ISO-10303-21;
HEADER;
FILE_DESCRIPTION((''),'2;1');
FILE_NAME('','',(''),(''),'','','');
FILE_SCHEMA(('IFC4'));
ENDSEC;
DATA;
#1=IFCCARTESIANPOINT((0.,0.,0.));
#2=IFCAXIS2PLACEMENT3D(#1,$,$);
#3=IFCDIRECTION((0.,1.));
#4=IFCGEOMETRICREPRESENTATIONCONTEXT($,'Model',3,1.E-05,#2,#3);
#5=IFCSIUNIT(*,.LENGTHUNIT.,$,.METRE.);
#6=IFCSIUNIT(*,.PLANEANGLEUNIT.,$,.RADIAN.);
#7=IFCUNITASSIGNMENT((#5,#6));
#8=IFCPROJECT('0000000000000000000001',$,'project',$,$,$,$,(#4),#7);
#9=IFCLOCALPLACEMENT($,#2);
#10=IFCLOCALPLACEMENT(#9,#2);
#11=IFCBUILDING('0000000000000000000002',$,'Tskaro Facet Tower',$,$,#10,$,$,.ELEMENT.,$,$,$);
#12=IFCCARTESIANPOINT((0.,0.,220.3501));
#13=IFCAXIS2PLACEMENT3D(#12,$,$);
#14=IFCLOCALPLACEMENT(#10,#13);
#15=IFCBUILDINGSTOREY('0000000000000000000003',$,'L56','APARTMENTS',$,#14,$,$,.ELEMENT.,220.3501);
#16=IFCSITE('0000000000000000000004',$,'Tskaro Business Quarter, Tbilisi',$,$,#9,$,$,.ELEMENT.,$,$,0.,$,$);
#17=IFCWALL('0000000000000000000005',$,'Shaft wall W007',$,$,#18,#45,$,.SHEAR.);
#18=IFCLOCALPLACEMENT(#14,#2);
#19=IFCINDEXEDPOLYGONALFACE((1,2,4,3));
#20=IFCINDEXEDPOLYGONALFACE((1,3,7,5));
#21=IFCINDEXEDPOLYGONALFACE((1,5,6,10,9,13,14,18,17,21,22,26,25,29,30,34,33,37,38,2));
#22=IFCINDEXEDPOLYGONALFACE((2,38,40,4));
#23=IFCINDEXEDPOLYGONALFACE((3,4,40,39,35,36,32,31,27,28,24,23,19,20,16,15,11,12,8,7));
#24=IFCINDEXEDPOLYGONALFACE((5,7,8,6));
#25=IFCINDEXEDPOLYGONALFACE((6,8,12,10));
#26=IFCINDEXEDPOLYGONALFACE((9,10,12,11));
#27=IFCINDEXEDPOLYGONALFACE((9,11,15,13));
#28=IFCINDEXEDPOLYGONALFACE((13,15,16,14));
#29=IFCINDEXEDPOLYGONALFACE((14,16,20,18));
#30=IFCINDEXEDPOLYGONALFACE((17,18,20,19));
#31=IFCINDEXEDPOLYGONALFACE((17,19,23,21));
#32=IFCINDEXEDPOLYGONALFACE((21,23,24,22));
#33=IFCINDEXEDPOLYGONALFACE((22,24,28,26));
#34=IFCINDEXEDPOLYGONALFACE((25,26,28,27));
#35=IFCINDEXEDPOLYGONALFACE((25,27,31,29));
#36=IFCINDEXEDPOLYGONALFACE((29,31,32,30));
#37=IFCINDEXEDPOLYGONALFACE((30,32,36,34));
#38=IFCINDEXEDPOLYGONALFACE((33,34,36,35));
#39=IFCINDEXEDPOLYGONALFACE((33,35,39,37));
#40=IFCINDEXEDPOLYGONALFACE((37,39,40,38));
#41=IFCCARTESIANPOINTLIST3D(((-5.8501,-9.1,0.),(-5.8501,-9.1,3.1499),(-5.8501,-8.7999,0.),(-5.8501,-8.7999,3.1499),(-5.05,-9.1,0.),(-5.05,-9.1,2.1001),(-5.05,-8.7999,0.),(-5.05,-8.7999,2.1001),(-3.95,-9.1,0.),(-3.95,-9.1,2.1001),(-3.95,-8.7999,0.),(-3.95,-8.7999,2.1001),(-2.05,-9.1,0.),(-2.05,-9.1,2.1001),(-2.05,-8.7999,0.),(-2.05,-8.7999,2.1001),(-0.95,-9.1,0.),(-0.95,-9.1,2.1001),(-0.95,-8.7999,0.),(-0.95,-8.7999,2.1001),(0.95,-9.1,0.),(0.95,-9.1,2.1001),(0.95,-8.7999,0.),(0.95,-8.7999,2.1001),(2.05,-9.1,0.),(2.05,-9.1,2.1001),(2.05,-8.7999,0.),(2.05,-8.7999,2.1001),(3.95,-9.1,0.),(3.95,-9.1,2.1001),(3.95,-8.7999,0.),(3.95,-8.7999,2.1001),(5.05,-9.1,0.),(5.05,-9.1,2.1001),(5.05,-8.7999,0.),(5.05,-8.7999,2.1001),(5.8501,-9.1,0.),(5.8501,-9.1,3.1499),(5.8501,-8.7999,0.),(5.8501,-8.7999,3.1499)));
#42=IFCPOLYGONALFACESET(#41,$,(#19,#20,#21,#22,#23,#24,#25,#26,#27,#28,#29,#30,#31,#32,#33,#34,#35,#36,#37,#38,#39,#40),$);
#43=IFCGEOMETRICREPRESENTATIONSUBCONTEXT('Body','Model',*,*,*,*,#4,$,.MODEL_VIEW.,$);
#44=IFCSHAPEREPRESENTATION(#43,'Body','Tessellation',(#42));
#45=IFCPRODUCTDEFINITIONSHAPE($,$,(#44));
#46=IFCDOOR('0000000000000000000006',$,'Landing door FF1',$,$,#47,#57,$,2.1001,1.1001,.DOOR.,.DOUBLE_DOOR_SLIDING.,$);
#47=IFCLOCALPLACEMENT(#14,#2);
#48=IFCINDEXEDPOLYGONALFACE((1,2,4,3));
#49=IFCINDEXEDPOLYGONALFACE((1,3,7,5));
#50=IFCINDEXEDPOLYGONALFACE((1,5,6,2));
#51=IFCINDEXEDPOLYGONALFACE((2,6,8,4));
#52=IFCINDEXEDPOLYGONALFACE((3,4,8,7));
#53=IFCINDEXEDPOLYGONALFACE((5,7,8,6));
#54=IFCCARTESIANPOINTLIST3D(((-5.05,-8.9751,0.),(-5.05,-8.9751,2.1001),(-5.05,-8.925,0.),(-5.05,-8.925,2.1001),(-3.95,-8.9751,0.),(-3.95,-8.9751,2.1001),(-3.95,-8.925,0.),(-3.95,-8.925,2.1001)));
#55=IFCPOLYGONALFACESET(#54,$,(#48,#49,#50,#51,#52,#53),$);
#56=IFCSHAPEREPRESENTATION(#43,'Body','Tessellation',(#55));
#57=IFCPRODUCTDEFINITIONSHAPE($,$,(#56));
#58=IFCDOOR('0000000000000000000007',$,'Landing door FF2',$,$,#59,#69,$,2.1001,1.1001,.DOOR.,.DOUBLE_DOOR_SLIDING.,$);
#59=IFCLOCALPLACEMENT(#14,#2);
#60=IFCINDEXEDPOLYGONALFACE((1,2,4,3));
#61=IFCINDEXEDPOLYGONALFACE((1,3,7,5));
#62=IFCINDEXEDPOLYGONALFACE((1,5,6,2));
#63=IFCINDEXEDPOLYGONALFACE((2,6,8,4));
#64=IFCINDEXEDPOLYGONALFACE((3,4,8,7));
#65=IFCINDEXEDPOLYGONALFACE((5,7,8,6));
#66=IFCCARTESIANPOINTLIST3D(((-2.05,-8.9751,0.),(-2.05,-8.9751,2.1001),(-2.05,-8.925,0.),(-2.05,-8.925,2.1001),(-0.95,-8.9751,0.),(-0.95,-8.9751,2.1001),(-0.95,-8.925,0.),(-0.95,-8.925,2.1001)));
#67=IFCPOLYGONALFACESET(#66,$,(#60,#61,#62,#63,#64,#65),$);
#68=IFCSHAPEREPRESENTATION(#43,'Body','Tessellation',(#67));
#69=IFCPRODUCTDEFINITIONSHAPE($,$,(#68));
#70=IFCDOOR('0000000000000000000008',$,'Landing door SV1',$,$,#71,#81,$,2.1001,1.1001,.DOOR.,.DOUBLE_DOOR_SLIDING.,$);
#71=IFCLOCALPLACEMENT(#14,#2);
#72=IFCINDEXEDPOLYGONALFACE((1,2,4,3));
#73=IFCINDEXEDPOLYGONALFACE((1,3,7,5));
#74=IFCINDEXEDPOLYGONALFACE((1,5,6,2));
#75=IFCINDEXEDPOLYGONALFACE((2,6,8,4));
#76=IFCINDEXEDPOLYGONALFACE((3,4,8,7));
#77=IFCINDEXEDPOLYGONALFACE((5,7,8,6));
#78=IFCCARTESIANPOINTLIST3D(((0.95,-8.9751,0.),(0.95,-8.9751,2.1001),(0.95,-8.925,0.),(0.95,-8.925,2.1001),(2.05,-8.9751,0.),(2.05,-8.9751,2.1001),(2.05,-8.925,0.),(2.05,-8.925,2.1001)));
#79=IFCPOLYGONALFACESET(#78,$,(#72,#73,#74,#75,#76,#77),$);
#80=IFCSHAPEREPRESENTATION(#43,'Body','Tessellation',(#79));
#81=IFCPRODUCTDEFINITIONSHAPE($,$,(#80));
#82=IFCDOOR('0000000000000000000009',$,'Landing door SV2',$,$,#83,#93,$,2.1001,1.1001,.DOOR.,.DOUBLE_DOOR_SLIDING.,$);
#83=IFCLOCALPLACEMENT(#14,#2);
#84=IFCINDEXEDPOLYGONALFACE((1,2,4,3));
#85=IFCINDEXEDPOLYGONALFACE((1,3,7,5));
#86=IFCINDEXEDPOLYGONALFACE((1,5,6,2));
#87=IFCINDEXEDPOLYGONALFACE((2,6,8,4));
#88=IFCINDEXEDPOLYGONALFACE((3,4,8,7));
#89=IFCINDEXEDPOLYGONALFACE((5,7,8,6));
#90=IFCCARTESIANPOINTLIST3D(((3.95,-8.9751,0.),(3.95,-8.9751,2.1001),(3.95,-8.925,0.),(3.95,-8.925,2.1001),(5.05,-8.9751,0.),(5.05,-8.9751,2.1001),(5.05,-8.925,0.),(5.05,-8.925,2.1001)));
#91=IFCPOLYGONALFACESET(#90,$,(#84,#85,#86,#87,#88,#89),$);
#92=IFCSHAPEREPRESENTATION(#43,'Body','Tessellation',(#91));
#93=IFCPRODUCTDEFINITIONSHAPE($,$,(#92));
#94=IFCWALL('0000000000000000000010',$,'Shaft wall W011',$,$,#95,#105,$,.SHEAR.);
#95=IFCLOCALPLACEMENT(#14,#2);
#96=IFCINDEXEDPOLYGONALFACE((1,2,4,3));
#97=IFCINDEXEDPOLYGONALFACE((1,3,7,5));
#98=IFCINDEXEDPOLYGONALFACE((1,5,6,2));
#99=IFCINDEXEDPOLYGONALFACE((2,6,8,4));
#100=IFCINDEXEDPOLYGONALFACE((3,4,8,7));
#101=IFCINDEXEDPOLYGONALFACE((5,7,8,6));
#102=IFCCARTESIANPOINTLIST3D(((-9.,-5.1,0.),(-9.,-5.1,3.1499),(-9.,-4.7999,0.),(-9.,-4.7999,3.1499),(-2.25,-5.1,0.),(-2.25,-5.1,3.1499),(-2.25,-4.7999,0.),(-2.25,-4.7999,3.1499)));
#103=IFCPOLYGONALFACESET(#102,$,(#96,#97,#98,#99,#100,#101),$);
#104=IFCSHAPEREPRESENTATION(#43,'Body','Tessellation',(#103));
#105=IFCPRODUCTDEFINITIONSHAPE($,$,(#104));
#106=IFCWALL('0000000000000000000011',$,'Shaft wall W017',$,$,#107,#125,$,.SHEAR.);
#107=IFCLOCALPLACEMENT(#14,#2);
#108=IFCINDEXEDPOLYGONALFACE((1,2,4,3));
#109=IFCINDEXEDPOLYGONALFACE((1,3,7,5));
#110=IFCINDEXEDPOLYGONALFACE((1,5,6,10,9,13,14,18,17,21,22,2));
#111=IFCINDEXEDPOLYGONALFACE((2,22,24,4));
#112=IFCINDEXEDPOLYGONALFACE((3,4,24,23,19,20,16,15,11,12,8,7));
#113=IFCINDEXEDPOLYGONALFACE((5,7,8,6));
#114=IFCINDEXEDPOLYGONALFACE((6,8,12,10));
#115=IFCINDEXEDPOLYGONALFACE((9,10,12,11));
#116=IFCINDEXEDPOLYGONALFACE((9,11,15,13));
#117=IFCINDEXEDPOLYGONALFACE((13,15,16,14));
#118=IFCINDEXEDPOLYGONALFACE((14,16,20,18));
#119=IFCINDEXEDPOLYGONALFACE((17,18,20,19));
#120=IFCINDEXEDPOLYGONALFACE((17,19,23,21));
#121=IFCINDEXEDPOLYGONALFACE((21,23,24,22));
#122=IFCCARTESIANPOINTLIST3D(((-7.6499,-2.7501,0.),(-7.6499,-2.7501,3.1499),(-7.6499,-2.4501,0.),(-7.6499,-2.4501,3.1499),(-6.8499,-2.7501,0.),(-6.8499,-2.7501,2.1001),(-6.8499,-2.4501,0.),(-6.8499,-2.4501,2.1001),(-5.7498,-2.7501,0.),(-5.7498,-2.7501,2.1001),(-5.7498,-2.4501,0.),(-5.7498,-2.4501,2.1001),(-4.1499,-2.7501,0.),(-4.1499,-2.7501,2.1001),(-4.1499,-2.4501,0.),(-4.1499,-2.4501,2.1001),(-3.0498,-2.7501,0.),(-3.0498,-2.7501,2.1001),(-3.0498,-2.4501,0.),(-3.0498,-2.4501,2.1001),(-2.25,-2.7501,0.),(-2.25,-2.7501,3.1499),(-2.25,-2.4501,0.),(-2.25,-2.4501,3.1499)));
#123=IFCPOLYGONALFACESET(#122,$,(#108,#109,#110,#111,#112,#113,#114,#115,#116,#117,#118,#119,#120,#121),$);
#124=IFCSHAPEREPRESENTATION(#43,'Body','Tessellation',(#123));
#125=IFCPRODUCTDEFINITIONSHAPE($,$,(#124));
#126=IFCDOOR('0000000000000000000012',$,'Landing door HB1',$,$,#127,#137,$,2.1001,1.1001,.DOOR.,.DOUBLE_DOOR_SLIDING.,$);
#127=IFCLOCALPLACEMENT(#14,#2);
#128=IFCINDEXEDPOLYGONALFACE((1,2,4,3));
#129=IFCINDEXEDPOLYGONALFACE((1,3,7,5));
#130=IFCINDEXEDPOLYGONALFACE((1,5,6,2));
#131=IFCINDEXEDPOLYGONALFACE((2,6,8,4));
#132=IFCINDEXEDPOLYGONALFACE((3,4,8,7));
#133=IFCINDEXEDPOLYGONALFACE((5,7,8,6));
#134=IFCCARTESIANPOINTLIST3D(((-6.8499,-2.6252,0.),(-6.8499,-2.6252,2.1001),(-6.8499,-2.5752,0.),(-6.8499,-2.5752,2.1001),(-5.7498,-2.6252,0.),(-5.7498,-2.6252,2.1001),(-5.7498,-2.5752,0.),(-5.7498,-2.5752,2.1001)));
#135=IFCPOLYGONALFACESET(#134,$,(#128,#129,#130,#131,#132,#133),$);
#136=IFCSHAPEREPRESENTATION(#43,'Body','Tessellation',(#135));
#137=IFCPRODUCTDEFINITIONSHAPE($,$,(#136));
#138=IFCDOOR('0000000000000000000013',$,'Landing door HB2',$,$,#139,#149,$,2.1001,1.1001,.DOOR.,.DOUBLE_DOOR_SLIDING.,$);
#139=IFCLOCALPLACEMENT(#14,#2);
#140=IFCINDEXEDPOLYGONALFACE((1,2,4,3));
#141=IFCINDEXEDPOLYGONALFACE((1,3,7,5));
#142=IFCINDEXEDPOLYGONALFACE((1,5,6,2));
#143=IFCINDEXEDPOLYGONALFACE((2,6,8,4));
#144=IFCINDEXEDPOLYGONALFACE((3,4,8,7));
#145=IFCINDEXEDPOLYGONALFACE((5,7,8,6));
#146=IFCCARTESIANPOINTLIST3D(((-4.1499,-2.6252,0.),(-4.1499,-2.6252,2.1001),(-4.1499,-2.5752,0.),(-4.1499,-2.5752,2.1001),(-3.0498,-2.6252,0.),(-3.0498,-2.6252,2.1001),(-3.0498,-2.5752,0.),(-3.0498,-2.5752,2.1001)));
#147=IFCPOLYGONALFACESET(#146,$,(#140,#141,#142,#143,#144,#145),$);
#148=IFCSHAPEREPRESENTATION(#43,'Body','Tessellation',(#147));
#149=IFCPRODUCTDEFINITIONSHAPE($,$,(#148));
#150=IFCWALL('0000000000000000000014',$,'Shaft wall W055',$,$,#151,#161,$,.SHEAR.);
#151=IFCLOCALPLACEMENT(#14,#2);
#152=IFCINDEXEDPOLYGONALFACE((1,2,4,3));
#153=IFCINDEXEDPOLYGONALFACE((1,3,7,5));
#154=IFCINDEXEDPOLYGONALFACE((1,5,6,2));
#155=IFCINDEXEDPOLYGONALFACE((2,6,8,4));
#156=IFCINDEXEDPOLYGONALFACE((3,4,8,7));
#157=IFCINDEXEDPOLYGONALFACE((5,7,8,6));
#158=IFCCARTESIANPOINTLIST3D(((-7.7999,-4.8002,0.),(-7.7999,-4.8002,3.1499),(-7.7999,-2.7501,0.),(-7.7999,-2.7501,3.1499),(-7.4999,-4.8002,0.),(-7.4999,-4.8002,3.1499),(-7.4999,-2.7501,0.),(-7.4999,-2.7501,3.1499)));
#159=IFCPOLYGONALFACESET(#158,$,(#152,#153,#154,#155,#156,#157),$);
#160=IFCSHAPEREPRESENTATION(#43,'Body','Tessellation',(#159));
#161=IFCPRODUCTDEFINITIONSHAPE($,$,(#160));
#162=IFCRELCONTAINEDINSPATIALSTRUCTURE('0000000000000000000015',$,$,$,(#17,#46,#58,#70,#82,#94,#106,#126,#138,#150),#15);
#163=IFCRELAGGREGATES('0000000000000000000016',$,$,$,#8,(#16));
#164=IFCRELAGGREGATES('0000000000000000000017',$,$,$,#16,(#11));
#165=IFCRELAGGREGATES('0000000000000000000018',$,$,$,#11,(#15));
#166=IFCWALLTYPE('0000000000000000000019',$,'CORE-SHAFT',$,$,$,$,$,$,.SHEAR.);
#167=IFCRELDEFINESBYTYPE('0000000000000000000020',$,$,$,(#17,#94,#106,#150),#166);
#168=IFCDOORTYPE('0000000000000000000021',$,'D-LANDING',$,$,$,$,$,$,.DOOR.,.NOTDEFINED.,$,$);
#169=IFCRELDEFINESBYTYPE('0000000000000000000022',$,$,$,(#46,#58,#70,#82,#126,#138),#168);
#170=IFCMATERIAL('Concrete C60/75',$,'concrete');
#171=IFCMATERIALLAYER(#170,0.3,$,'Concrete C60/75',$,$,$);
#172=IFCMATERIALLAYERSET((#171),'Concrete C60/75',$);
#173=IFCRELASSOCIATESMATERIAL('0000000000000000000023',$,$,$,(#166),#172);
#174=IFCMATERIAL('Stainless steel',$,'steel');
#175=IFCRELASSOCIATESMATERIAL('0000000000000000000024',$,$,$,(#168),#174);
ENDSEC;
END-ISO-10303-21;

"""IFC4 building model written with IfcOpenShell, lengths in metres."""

from ifc_helpers import new_model, si_unit, direction, frame, frame_2d, origin, place, context, subcontext, project, spatial, rectangle, extrude, material, layer, layer_set, type_object, element, fill, save


model = new_model("IFC4")

# Units and contexts
model_context = context("Model", 3, precision=1e-05, world=origin(), true_north=direction((0.0, 1.0)))
body_context = subcontext(model_context, "Body", "Model", "MODEL_VIEW")
ifc_project = project(units=[si_unit("LENGTHUNIT", "METRE"), si_unit("PLANEANGLEUNIT", "RADIAN")], contexts=[model_context])

# Site, building, storey
site_placement = place(None, origin())
site = spatial("IfcSite", under=ifc_project, at=site_placement, Name="Tskaro Business Quarter, Tbilisi", CompositionType="ELEMENT", RefElevation=0.0)
building_placement = place(site_placement, origin())
building = spatial("IfcBuilding", under=site, at=building_placement, Name="Tskaro Facet Tower", CompositionType="ELEMENT")
storey_placement = place(building_placement, frame((0.0, 0.0, 220.3501)))
storey = spatial("IfcBuildingStorey", under=building, at=storey_placement, Name="L56", Description="APARTMENTS", CompositionType="ELEMENT", Elevation=220.3501)

# Wall, openings, doors
ifc_material_1 = material(Name="Concrete C60/75", Category="concrete")
ifc_layer_1 = layer(ifc_material_1, 0.3, Name="Concrete C60/75")
ifc_layer_set_1 = layer_set([ifc_layer_1], Name="Concrete C60/75")
wall_type_1 = type_object("IfcWallType", Name="CORE-SHAFT", PredefinedType="SHEAR", material=ifc_layer_set_1)
wall_1_placement = place(storey_placement, frame((-5.8501, -8.95, 0.0), z_axis=(0.0, 0.0, 1.0), x_axis=(1.0, 0.0, 0.0)))
wall_1 = element("IfcWall", 1, at=wall_1_placement, inside=storey, type_object=wall_type_1, Name="Shaft wall W007", PredefinedType="SHEAR", context=body_context, shape_type="SweptSolid", body=[
    extrude(rectangle(XDim=11.7002, YDim=0.3, at=frame_2d((5.8501, 0.0))), origin(), (0.0, 0.0, 1.0), 3.1499),
])
opening_1_placement = place(wall_1_placement, frame((0.8, 0.0, 0.0)))
opening_1 = element("IfcOpeningElement", 2, at=opening_1_placement, cuts=wall_1, PredefinedType="OPENING", context=body_context, shape_type="SweptSolid", body=[
    extrude(rectangle(XDim=1.1001, YDim=2.1001, at=frame_2d((0.55, 1.05))), frame((0.0, 0.1599, 0.0), z_axis=(0.0, -1.0, 0.0), x_axis=(1.0, 0.0, 0.0)), (0.0, 0.0, 1.0), 0.3201),
])
opening_2_placement = place(wall_1_placement, frame((3.8, 0.0, 0.0)))
opening_2 = element("IfcOpeningElement", 3, at=opening_2_placement, cuts=wall_1, PredefinedType="OPENING", context=body_context, shape_type="SweptSolid", body=[
    extrude(rectangle(XDim=1.1001, YDim=2.1001, at=frame_2d((0.55, 1.05))), frame((0.0, 0.1599, 0.0), z_axis=(0.0, -1.0, 0.0), x_axis=(1.0, 0.0, 0.0)), (0.0, 0.0, 1.0), 0.3201),
])
opening_3_placement = place(wall_1_placement, frame((6.8, 0.0, 0.0)))
opening_3 = element("IfcOpeningElement", 4, at=opening_3_placement, cuts=wall_1, PredefinedType="OPENING", context=body_context, shape_type="SweptSolid", body=[
    extrude(rectangle(XDim=1.1001, YDim=2.1001, at=frame_2d((0.55, 1.05))), frame((0.0, 0.1599, 0.0), z_axis=(0.0, -1.0, 0.0), x_axis=(1.0, 0.0, 0.0)), (0.0, 0.0, 1.0), 0.3201),
])
opening_4_placement = place(wall_1_placement, frame((9.8, 0.0, 0.0)))
opening_4 = element("IfcOpeningElement", 5, at=opening_4_placement, cuts=wall_1, PredefinedType="OPENING", context=body_context, shape_type="SweptSolid", body=[
    extrude(rectangle(XDim=1.1001, YDim=2.1001, at=frame_2d((0.55, 1.05))), frame((0.0, 0.1599, 0.0), z_axis=(0.0, -1.0, 0.0), x_axis=(1.0, 0.0, 0.0)), (0.0, 0.0, 1.0), 0.3201),
])
ifc_material_2 = material(Name="Stainless steel", Category="steel")
door_type_1 = type_object("IfcDoorType", Name="D-LANDING", OperationType="NOTDEFINED", PredefinedType="DOOR", material=ifc_material_2)
door_1_placement = place(opening_1_placement, origin())
door_1 = element("IfcDoor", 6, at=door_1_placement, inside=storey, type_object=door_type_1, Name="Landing door FF1", OperationType="DOUBLE_DOOR_SLIDING", OverallHeight=2.1001, OverallWidth=1.1001, PredefinedType="DOOR", context=body_context, shape_type="SweptSolid", body=[
    extrude(rectangle(XDim=1.1001, YDim=2.1001, at=frame_2d((0.55, 1.05))), frame((0.0, 0.0249, 0.0), z_axis=(0.0, -1.0, 0.0), x_axis=(1.0, 0.0, 0.0)), (0.0, 0.0, 1.0), 0.05),
])
fill(opening_1, door_1)
door_2_placement = place(opening_2_placement, origin())
door_2 = element("IfcDoor", 7, at=door_2_placement, inside=storey, type_object=door_type_1, Name="Landing door FF2", OperationType="DOUBLE_DOOR_SLIDING", OverallHeight=2.1001, OverallWidth=1.1001, PredefinedType="DOOR", context=body_context, shape_type="SweptSolid", body=[
    extrude(rectangle(XDim=1.1001, YDim=2.1001, at=frame_2d((0.55, 1.05))), frame((0.0, 0.0249, 0.0), z_axis=(0.0, -1.0, 0.0), x_axis=(1.0, 0.0, 0.0)), (0.0, 0.0, 1.0), 0.05),
])
fill(opening_2, door_2)
door_3_placement = place(opening_3_placement, origin())
door_3 = element("IfcDoor", 8, at=door_3_placement, inside=storey, type_object=door_type_1, Name="Landing door SV1", OperationType="DOUBLE_DOOR_SLIDING", OverallHeight=2.1001, OverallWidth=1.1001, PredefinedType="DOOR", context=body_context, shape_type="SweptSolid", body=[
    extrude(rectangle(XDim=1.1001, YDim=2.1001, at=frame_2d((0.55, 1.05))), frame((0.0, 0.0249, 0.0), z_axis=(0.0, -1.0, 0.0), x_axis=(1.0, 0.0, 0.0)), (0.0, 0.0, 1.0), 0.05),
])
fill(opening_3, door_3)
door_4_placement = place(opening_4_placement, origin())
door_4 = element("IfcDoor", 9, at=door_4_placement, inside=storey, type_object=door_type_1, Name="Landing door SV2", OperationType="DOUBLE_DOOR_SLIDING", OverallHeight=2.1001, OverallWidth=1.1001, PredefinedType="DOOR", context=body_context, shape_type="SweptSolid", body=[
    extrude(rectangle(XDim=1.1001, YDim=2.1001, at=frame_2d((0.55, 1.05))), frame((0.0, 0.0249, 0.0), z_axis=(0.0, -1.0, 0.0), x_axis=(1.0, 0.0, 0.0)), (0.0, 0.0, 1.0), 0.05),
])
fill(opening_4, door_4)

# Wall
wall_2_placement = place(storey_placement, frame((-9.0, -4.95, 0.0), z_axis=(0.0, 0.0, 1.0), x_axis=(1.0, 0.0, 0.0)))
element("IfcWall", 10, at=wall_2_placement, inside=storey, type_object=wall_type_1, Name="Shaft wall W011", PredefinedType="SHEAR", context=body_context, shape_type="SweptSolid", body=[
    extrude(rectangle(XDim=6.75, YDim=0.3, at=frame_2d((3.375, 0.0))), origin(), (0.0, 0.0, 1.0), 3.1499),
])

# Wall, openings, doors
wall_3_placement = place(storey_placement, frame((-7.6499, -2.6001, 0.0), z_axis=(0.0, 0.0, 1.0), x_axis=(1.0, 0.0, 0.0)))
wall_3 = element("IfcWall", 11, at=wall_3_placement, inside=storey, type_object=wall_type_1, Name="Shaft wall W017", PredefinedType="SHEAR", context=body_context, shape_type="SweptSolid", body=[
    extrude(rectangle(XDim=5.3999, YDim=0.3, at=frame_2d((2.7, 0.0))), origin(), (0.0, 0.0, 1.0), 3.1499),
])
opening_5_placement = place(wall_3_placement, frame((0.8, 0.0, 0.0)))
opening_5 = element("IfcOpeningElement", 12, at=opening_5_placement, cuts=wall_3, PredefinedType="OPENING", context=body_context, shape_type="SweptSolid", body=[
    extrude(rectangle(XDim=1.1001, YDim=2.1001, at=frame_2d((0.55, 1.05))), frame((0.0, 0.1599, 0.0), z_axis=(0.0, -1.0, 0.0), x_axis=(1.0, 0.0, 0.0)), (0.0, 0.0, 1.0), 0.3201),
])
opening_6_placement = place(wall_3_placement, frame((3.5, 0.0, 0.0)))
opening_6 = element("IfcOpeningElement", 13, at=opening_6_placement, cuts=wall_3, PredefinedType="OPENING", context=body_context, shape_type="SweptSolid", body=[
    extrude(rectangle(XDim=1.1001, YDim=2.1001, at=frame_2d((0.55, 1.05))), frame((0.0, 0.1599, 0.0), z_axis=(0.0, -1.0, 0.0), x_axis=(1.0, 0.0, 0.0)), (0.0, 0.0, 1.0), 0.3201),
])
door_5_placement = place(opening_5_placement, origin())
door_5 = element("IfcDoor", 14, at=door_5_placement, inside=storey, type_object=door_type_1, Name="Landing door HB1", OperationType="DOUBLE_DOOR_SLIDING", OverallHeight=2.1001, OverallWidth=1.1001, PredefinedType="DOOR", context=body_context, shape_type="SweptSolid", body=[
    extrude(rectangle(XDim=1.1001, YDim=2.1001, at=frame_2d((0.55, 1.05))), frame((0.0, 0.0249, 0.0), z_axis=(0.0, -1.0, 0.0), x_axis=(1.0, 0.0, 0.0)), (0.0, 0.0, 1.0), 0.05),
])
fill(opening_5, door_5)
door_6_placement = place(opening_6_placement, origin())
door_6 = element("IfcDoor", 15, at=door_6_placement, inside=storey, type_object=door_type_1, Name="Landing door HB2", OperationType="DOUBLE_DOOR_SLIDING", OverallHeight=2.1001, OverallWidth=1.1001, PredefinedType="DOOR", context=body_context, shape_type="SweptSolid", body=[
    extrude(rectangle(XDim=1.1001, YDim=2.1001, at=frame_2d((0.55, 1.05))), frame((0.0, 0.0249, 0.0), z_axis=(0.0, -1.0, 0.0), x_axis=(1.0, 0.0, 0.0)), (0.0, 0.0, 1.0), 0.05),
])
fill(opening_6, door_6)

# Wall
wall_4_placement = place(storey_placement, frame((-7.6499, -4.8, 0.0), z_axis=(0.0, 0.0, 1.0), x_axis=(0.0, 1.0, 0.0)))
element("IfcWall", 16, at=wall_4_placement, inside=storey, type_object=wall_type_1, Name="Shaft wall W055", PredefinedType="SHEAR", context=body_context, shape_type="SweptSolid", body=[
    extrude(rectangle(XDim=2.05, YDim=0.3, at=frame_2d((1.0249, 0.0))), origin(), (0.0, 0.0, 1.0), 3.1499),
])

save(model, "model.ifc")
